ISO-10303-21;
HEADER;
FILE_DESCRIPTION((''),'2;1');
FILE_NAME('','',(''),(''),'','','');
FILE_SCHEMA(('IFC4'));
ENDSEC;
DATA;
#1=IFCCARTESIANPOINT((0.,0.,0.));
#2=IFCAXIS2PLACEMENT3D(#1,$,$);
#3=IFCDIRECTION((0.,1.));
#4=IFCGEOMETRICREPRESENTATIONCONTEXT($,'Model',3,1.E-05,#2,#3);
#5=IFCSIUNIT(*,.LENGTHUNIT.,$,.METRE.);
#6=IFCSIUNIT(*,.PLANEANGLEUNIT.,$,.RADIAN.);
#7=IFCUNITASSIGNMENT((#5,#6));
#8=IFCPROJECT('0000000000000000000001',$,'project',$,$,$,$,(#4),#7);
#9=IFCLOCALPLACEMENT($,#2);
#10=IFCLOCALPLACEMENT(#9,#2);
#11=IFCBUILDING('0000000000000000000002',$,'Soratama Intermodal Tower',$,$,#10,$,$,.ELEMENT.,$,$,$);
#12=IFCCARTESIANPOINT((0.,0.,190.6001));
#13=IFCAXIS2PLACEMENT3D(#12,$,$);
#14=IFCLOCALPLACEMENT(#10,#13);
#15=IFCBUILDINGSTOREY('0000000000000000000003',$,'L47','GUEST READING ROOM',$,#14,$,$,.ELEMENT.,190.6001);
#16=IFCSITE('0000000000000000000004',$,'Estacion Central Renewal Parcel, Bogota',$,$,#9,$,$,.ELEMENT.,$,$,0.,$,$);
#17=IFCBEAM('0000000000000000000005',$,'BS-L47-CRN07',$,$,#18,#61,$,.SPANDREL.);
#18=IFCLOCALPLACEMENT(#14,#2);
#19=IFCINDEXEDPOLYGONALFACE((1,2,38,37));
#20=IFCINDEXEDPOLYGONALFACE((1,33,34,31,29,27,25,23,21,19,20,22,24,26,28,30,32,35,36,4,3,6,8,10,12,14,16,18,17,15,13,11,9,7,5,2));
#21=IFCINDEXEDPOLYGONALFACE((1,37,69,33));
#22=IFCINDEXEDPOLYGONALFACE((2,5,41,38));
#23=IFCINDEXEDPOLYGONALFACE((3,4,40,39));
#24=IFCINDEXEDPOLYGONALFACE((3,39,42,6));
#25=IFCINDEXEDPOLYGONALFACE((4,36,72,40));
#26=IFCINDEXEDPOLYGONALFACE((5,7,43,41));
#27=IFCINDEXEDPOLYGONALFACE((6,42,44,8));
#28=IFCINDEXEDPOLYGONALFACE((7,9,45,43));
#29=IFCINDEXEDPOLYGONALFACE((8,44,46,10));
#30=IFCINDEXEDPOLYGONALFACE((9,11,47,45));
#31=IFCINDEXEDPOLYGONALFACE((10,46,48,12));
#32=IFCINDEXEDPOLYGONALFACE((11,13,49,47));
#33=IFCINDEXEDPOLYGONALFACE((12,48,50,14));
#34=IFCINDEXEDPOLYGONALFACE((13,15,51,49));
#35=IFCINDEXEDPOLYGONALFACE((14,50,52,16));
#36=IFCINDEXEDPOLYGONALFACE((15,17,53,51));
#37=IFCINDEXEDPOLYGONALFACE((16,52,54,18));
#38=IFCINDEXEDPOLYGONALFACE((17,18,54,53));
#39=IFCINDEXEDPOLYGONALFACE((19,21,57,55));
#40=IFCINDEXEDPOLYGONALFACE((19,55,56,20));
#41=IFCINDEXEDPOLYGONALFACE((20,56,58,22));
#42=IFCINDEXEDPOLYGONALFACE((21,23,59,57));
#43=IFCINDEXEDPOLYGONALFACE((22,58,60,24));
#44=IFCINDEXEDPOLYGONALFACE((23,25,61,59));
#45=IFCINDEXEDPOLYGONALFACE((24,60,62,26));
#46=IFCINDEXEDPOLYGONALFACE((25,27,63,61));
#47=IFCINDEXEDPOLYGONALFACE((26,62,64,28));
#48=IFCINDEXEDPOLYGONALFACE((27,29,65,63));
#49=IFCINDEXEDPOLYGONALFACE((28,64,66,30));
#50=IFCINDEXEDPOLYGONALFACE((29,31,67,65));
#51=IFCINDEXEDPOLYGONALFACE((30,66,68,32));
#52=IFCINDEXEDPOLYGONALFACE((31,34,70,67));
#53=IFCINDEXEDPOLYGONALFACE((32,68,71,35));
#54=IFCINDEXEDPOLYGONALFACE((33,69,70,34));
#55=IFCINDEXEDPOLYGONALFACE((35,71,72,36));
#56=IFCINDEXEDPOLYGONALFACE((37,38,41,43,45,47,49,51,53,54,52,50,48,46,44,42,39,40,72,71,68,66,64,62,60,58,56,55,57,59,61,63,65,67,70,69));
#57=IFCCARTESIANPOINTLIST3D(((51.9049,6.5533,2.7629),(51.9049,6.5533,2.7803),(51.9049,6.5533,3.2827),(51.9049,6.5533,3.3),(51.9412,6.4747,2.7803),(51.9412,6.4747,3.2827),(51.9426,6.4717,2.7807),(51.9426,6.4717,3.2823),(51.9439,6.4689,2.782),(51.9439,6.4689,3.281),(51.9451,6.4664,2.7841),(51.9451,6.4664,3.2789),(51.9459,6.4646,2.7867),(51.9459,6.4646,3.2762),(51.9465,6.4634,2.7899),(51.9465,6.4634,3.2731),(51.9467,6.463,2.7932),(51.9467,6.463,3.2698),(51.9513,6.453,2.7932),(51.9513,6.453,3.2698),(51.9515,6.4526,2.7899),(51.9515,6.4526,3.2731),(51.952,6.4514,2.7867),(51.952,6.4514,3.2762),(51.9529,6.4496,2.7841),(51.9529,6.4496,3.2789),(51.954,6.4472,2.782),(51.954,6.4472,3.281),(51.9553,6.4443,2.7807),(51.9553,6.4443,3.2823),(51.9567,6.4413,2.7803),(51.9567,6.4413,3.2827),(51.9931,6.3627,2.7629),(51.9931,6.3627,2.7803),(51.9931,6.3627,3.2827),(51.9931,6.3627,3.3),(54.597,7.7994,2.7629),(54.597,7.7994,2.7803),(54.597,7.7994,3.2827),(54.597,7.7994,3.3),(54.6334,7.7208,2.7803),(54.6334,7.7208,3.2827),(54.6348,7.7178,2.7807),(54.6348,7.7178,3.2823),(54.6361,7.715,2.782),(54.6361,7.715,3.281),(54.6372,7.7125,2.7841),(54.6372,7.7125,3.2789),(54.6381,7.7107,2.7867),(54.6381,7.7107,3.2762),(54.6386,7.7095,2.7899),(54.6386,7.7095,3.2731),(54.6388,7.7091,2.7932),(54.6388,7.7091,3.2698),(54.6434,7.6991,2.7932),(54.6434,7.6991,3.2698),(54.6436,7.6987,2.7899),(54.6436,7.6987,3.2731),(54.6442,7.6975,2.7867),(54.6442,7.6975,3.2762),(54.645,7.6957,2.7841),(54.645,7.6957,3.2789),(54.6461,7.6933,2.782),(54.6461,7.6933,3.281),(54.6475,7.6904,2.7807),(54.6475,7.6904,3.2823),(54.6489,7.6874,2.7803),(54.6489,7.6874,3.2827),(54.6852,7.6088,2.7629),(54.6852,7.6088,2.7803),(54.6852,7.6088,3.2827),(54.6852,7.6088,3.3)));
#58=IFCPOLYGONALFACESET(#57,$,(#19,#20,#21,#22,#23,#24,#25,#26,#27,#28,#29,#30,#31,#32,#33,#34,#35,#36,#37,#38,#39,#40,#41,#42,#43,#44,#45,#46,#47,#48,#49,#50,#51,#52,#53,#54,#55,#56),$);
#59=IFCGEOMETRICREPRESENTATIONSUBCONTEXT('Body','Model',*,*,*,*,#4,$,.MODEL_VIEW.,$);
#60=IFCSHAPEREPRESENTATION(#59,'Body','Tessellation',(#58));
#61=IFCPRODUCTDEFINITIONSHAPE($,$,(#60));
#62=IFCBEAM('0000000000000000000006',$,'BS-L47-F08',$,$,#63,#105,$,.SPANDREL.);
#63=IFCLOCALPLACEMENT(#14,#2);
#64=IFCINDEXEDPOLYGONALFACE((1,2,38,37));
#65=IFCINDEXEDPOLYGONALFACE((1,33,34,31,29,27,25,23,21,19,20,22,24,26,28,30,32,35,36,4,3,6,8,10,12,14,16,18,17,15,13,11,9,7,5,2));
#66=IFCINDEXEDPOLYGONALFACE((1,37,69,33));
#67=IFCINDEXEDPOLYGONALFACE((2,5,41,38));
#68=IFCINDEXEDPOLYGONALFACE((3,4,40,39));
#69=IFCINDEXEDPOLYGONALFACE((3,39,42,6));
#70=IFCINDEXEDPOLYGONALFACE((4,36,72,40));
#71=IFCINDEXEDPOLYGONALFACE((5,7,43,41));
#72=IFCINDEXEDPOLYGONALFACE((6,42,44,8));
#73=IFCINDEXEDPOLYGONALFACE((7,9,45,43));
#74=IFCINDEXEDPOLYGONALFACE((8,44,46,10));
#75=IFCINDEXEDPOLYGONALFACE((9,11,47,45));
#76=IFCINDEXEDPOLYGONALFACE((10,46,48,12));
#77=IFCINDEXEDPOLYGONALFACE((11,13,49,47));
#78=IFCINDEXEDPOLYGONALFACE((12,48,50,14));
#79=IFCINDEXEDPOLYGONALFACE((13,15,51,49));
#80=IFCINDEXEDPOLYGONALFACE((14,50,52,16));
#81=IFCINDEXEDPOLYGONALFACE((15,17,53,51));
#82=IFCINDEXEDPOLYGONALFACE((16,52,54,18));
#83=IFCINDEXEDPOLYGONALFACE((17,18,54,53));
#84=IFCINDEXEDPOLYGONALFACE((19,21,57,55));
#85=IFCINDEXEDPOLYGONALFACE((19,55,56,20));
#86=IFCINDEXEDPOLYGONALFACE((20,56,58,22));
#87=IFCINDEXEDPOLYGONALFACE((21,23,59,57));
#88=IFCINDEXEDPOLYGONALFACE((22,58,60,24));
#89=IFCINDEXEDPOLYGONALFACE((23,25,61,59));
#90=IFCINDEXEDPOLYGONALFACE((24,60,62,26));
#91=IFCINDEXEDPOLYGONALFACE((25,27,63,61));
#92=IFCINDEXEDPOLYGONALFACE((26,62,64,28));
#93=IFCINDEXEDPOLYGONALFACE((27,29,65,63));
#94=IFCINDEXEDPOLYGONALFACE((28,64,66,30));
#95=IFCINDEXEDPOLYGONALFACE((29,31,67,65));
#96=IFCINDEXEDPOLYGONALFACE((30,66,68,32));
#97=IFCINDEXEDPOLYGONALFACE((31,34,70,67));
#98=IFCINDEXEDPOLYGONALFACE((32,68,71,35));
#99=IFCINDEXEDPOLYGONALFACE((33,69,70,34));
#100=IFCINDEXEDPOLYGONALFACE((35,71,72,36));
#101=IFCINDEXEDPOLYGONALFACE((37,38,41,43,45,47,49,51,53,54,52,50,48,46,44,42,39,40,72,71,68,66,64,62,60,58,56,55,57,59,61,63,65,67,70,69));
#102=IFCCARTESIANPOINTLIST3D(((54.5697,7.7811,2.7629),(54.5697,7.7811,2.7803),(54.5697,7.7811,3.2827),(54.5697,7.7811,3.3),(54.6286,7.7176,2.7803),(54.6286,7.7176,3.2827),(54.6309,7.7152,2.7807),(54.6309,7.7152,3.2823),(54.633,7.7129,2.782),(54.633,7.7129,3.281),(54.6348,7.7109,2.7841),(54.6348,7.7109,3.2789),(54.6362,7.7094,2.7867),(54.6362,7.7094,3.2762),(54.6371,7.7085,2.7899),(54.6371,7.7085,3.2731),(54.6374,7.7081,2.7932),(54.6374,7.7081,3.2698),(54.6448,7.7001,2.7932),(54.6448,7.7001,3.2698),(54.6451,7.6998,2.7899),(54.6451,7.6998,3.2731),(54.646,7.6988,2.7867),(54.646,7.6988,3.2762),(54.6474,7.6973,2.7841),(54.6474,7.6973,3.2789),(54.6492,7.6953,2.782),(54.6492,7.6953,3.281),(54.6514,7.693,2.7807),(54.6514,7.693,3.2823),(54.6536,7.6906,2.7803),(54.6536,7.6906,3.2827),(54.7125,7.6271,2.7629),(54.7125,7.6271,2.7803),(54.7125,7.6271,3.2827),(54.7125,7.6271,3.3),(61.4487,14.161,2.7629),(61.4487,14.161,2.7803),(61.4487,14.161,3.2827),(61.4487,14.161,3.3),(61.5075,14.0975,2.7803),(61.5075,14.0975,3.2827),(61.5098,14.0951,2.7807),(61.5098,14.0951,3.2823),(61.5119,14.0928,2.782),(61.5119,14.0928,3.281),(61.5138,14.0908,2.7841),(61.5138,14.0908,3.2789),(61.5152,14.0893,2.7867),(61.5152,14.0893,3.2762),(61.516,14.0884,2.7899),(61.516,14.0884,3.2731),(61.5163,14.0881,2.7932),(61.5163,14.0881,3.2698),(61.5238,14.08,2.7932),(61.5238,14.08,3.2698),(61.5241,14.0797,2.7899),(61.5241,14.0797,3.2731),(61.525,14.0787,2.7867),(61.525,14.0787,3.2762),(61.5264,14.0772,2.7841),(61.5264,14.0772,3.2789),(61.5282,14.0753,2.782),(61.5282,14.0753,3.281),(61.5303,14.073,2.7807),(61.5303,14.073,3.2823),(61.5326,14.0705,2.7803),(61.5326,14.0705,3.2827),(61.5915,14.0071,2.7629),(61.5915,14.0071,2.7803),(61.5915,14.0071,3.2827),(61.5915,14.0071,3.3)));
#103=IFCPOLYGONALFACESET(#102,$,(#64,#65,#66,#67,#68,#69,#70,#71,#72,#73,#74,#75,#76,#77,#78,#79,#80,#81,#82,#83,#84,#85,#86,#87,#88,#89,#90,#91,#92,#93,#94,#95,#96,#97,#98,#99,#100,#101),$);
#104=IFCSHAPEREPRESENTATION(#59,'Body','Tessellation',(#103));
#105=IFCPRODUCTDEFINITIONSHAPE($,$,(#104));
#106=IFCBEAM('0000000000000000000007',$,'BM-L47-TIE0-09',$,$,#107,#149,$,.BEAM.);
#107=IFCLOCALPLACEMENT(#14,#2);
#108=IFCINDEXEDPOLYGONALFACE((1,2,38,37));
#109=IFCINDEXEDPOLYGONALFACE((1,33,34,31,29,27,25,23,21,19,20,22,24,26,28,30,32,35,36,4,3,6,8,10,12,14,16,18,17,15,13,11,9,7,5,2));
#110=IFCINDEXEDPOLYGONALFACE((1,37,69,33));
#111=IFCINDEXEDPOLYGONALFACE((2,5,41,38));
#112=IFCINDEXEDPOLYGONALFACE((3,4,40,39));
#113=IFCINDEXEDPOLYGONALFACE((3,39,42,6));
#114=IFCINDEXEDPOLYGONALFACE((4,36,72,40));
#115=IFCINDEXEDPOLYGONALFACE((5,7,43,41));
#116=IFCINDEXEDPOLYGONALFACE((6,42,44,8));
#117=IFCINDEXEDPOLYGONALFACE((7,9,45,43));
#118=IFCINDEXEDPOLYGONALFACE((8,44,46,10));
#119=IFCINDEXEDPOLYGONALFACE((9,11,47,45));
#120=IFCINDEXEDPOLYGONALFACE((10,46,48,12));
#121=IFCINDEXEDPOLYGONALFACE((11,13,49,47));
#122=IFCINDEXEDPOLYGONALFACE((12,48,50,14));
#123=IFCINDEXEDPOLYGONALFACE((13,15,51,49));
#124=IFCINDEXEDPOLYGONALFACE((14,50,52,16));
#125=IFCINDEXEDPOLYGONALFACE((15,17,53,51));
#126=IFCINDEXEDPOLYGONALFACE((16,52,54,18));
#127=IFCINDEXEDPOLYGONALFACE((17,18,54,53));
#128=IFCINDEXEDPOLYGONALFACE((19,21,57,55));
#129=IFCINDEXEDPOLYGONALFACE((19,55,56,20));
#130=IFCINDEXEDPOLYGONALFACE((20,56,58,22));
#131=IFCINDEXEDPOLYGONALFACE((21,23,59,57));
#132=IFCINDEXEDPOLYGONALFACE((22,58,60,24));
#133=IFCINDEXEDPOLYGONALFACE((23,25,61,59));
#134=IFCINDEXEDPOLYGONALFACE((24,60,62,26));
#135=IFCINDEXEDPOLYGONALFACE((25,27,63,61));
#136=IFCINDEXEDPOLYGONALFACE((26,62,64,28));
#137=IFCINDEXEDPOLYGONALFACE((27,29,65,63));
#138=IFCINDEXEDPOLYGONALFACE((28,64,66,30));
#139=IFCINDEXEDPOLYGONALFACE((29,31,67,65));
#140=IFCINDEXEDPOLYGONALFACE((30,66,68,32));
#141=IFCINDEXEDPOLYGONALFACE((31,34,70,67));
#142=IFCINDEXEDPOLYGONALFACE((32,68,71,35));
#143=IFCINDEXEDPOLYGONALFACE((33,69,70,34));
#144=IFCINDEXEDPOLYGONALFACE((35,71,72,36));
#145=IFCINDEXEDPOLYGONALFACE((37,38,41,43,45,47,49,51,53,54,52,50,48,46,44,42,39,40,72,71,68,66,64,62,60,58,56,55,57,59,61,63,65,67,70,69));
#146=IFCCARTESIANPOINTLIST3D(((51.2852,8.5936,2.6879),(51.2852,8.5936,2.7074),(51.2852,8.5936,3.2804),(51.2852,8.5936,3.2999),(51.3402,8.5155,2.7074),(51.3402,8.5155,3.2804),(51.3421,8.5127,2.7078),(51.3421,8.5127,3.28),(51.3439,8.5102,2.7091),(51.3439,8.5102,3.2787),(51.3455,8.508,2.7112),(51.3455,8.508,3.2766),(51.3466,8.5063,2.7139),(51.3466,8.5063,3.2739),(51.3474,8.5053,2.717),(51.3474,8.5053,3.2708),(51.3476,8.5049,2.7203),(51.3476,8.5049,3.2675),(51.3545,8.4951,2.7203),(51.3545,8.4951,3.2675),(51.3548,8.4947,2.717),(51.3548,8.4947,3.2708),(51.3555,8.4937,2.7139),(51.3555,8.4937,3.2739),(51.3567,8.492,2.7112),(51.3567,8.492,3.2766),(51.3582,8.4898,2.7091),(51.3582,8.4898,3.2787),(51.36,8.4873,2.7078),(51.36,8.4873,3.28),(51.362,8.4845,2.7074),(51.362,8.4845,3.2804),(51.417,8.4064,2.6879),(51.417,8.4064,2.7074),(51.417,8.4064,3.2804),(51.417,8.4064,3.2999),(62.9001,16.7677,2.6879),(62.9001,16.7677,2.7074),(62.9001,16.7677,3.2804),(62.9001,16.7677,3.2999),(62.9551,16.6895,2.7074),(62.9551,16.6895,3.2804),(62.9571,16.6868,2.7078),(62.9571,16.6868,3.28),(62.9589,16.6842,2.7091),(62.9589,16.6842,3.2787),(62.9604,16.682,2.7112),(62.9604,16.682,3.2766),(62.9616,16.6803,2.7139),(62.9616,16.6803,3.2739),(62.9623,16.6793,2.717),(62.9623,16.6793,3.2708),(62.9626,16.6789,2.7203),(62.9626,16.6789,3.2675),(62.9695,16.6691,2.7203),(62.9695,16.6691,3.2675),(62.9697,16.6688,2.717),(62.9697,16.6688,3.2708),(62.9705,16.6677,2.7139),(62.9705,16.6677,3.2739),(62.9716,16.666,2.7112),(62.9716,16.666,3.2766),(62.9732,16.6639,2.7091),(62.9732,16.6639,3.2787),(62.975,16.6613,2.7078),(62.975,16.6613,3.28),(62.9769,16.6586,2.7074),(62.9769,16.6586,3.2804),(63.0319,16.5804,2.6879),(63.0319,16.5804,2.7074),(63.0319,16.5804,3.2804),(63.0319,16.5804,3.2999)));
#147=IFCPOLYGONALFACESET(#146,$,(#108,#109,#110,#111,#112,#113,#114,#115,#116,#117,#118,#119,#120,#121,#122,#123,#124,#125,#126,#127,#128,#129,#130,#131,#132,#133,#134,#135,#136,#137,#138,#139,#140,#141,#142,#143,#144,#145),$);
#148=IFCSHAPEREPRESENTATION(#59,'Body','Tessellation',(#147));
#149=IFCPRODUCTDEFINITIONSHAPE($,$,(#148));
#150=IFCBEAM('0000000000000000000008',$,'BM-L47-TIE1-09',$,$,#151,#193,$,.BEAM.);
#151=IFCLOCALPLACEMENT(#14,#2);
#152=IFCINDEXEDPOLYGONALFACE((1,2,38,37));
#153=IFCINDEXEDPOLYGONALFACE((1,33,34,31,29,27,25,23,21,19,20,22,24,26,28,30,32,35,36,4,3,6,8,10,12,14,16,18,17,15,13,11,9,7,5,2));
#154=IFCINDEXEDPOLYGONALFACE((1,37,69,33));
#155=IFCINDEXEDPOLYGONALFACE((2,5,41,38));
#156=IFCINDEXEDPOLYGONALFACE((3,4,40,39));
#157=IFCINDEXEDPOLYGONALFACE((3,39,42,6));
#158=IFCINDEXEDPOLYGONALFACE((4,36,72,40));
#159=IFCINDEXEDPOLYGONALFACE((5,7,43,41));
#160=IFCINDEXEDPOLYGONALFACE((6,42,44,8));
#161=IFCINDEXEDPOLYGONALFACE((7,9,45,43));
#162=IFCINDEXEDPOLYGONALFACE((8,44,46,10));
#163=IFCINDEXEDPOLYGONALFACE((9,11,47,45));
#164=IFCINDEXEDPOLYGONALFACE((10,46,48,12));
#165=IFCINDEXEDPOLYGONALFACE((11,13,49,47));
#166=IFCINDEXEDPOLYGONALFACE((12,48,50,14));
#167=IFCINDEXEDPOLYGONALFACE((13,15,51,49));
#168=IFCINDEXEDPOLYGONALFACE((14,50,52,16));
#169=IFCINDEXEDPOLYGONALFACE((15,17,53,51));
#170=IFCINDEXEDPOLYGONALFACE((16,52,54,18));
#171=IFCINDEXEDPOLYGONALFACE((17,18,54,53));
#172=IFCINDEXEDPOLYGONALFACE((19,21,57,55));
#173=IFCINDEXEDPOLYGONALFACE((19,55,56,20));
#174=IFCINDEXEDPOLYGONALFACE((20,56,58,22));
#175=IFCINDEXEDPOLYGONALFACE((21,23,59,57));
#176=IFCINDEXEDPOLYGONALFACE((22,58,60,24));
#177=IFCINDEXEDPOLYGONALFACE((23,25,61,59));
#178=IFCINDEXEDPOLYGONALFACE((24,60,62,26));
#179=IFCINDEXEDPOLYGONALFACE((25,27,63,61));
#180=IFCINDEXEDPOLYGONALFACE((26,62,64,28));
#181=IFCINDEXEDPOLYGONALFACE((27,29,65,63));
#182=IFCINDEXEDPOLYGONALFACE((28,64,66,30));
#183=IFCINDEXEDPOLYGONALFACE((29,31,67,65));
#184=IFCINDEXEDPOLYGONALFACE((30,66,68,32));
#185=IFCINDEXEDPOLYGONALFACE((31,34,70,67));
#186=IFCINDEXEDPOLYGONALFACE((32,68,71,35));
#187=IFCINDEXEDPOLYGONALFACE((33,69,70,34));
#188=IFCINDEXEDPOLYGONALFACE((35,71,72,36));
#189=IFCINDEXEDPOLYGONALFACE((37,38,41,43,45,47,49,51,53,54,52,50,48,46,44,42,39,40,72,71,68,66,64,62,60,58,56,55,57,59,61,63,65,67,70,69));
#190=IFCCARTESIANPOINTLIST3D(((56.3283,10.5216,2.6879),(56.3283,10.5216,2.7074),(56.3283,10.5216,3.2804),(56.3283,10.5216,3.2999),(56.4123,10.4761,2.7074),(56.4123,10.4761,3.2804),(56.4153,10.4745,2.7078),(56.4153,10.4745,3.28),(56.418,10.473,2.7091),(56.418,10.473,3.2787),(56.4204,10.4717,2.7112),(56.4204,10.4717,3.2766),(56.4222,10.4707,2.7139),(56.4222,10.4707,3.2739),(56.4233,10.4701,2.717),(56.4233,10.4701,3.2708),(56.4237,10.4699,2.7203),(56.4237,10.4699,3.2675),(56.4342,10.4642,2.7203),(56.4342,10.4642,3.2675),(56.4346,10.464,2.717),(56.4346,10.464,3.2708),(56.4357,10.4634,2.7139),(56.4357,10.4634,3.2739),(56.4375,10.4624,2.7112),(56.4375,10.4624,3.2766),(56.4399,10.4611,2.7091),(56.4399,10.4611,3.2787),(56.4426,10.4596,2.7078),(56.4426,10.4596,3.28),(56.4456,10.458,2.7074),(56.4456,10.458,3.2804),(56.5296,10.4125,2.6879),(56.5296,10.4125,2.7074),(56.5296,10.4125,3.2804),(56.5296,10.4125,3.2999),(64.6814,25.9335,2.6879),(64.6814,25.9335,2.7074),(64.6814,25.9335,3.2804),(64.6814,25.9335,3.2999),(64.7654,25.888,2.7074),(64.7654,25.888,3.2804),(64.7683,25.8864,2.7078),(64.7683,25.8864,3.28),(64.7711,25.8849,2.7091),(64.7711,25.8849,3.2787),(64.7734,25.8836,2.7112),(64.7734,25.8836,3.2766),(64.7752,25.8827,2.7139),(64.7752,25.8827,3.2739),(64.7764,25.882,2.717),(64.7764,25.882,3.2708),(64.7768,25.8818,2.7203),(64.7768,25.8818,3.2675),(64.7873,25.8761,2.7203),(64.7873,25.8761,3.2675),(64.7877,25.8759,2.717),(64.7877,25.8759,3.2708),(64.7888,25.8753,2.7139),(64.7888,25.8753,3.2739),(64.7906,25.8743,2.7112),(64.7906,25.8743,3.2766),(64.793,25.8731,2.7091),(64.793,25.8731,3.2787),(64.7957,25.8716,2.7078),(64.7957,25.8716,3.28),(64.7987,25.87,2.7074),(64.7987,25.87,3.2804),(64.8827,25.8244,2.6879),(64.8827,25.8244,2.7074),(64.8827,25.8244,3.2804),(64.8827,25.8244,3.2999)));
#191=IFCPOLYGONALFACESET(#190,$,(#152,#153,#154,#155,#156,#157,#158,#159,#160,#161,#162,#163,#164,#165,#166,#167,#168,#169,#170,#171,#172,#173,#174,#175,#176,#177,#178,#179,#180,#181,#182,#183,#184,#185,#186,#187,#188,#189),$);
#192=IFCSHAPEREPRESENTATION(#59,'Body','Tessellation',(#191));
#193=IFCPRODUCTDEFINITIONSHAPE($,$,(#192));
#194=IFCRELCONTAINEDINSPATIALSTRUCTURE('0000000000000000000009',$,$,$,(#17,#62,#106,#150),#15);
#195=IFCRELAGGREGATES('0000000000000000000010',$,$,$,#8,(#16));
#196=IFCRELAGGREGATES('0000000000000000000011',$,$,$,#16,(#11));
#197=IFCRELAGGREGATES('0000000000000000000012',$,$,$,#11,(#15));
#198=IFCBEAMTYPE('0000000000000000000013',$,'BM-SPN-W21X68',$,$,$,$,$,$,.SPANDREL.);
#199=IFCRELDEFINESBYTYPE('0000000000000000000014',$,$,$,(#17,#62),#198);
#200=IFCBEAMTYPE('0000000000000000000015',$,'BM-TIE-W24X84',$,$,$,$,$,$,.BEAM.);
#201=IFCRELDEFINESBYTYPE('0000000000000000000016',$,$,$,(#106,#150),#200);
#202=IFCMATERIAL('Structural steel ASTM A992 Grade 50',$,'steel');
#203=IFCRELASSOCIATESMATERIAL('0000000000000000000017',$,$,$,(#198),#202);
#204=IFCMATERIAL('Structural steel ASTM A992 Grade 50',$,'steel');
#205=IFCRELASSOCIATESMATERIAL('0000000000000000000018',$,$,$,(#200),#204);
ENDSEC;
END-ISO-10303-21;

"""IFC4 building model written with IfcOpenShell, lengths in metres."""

from ifc_helpers import new_model, si_unit, direction, frame, origin, origin_2d, place, context, subcontext, project, spatial, i_section, extrude, material, material_profile, profile_set, type_object, element, save


model = new_model("IFC4")

# Units and contexts
model_context = context("Model", 3, precision=1e-05, world=origin(), true_north=direction((0.0, 1.0)))
body_context = subcontext(model_context, "Body", "Model", "MODEL_VIEW")
ifc_project = project(units=[si_unit("LENGTHUNIT", "METRE"), si_unit("PLANEANGLEUNIT", "RADIAN")], contexts=[model_context])

# Site, building, storey
site_placement = place(None, origin())
site = spatial("IfcSite", under=ifc_project, at=site_placement, Name="Estacion Central Renewal Parcel, Bogota", CompositionType="ELEMENT", RefElevation=0.0)
building_placement = place(site_placement, origin())
building = spatial("IfcBuilding", under=site, at=building_placement, Name="Soratama Intermodal Tower", CompositionType="ELEMENT")
storey_placement = place(building_placement, frame((0.0, 0.0, 190.6001)))
storey = spatial("IfcBuildingStorey", under=building, at=storey_placement, Name="L47", Description="GUEST READING ROOM", CompositionType="ELEMENT", Elevation=190.6001)

# Beams
ifc_material_1 = material(Name="Structural steel ASTM A992 Grade 50", Category="steel")
ifc_material_profile_1 = material_profile(ifc_material_1, i_section(OverallWidth=0.21, OverallDepth=0.5371, WebThickness=0.011, FlangeThickness=0.0173, FilletRadius=0.0129, at=origin_2d()), Name="W21X68")
ifc_profile_set_1 = profile_set([ifc_material_profile_1], Name="Structural steel ASTM A992 Grade 50")
beam_type_1 = type_object("IfcBeamType", Name="BM-SPN-W21X68", PredefinedType="SPANDREL", material=ifc_profile_set_1)
beam_1_placement = place(storey_placement, frame((51.949, 6.458, 3.0315), z_axis=(0.907501, 0.42005, 0.0), x_axis=(-0.42005, 0.907501, 0.0)))
element("IfcBeam", 1, at=beam_1_placement, inside=storey, type_object=beam_type_1, Name="BS-L47-CRN07", PredefinedType="SPANDREL", context=body_context, shape_type="SweptSolid", body=[
    extrude(i_section(OverallWidth=0.21, OverallDepth=0.5371, WebThickness=0.011, FlangeThickness=0.0173, FilletRadius=0.0129, at=origin_2d()), origin(), (0.0, 0.0, 1.0), 2.9666),
])
beam_2_placement = place(storey_placement, frame((54.6411, 7.7041, 3.0315), z_axis=(0.733201, 0.680012, 0.0), x_axis=(-0.680012, 0.733201, 0.0)))
element("IfcBeam", 2, at=beam_2_placement, inside=storey, type_object=beam_type_1, Name="BS-L47-F08", PredefinedType="SPANDREL", context=body_context, shape_type="SweptSolid", body=[
    extrude(i_section(OverallWidth=0.21, OverallDepth=0.5371, WebThickness=0.011, FlangeThickness=0.0173, FilletRadius=0.0129, at=origin_2d()), origin(), (0.0, 0.0, 1.0), 9.3821),
])
ifc_material_2 = material(Name="Structural steel ASTM A992 Grade 50", Category="steel")
ifc_material_profile_2 = material_profile(ifc_material_2, i_section(OverallWidth=0.229, OverallDepth=0.6121, WebThickness=0.012, FlangeThickness=0.0195, FilletRadius=0.0129, at=origin_2d()), Name="W24X84")
ifc_profile_set_2 = profile_set([ifc_material_profile_2], Name="Structural steel ASTM A992 Grade 50")
beam_type_2 = type_object("IfcBeamType", Name="BM-TIE-W24X84", PredefinedType="BEAM", material=ifc_profile_set_2)
beam_3_placement = place(storey_placement, frame((51.3511, 8.5, 2.9939), z_axis=(0.817788, 0.57552, 0.0), x_axis=(-0.57552, 0.817788, 0.0)))
element("IfcBeam", 3, at=beam_3_placement, inside=storey, type_object=beam_type_2, Name="BM-L47-TIE0-09", PredefinedType="BEAM", context=body_context, shape_type="SweptSolid", body=[
    extrude(i_section(OverallWidth=0.229, OverallDepth=0.6121, WebThickness=0.012, FlangeThickness=0.0195, FilletRadius=0.0129, at=origin_2d()), origin(), (0.0, 0.0, 1.0), 14.2029),
])
beam_4_placement = place(storey_placement, frame((56.429, 10.467, 2.9939), z_axis=(0.476501, 0.879174, 0.0), x_axis=(-0.879174, 0.476501, 0.0)))
element("IfcBeam", 4, at=beam_4_placement, inside=storey, type_object=beam_type_2, Name="BM-L47-TIE1-09", PredefinedType="BEAM", context=body_context, shape_type="SweptSolid", body=[
    extrude(i_section(OverallWidth=0.229, OverallDepth=0.6121, WebThickness=0.012, FlangeThickness=0.0195, FilletRadius=0.0129, at=origin_2d()), origin(), (0.0, 0.0, 1.0), 17.53),
])

save(model, "model.ifc")
